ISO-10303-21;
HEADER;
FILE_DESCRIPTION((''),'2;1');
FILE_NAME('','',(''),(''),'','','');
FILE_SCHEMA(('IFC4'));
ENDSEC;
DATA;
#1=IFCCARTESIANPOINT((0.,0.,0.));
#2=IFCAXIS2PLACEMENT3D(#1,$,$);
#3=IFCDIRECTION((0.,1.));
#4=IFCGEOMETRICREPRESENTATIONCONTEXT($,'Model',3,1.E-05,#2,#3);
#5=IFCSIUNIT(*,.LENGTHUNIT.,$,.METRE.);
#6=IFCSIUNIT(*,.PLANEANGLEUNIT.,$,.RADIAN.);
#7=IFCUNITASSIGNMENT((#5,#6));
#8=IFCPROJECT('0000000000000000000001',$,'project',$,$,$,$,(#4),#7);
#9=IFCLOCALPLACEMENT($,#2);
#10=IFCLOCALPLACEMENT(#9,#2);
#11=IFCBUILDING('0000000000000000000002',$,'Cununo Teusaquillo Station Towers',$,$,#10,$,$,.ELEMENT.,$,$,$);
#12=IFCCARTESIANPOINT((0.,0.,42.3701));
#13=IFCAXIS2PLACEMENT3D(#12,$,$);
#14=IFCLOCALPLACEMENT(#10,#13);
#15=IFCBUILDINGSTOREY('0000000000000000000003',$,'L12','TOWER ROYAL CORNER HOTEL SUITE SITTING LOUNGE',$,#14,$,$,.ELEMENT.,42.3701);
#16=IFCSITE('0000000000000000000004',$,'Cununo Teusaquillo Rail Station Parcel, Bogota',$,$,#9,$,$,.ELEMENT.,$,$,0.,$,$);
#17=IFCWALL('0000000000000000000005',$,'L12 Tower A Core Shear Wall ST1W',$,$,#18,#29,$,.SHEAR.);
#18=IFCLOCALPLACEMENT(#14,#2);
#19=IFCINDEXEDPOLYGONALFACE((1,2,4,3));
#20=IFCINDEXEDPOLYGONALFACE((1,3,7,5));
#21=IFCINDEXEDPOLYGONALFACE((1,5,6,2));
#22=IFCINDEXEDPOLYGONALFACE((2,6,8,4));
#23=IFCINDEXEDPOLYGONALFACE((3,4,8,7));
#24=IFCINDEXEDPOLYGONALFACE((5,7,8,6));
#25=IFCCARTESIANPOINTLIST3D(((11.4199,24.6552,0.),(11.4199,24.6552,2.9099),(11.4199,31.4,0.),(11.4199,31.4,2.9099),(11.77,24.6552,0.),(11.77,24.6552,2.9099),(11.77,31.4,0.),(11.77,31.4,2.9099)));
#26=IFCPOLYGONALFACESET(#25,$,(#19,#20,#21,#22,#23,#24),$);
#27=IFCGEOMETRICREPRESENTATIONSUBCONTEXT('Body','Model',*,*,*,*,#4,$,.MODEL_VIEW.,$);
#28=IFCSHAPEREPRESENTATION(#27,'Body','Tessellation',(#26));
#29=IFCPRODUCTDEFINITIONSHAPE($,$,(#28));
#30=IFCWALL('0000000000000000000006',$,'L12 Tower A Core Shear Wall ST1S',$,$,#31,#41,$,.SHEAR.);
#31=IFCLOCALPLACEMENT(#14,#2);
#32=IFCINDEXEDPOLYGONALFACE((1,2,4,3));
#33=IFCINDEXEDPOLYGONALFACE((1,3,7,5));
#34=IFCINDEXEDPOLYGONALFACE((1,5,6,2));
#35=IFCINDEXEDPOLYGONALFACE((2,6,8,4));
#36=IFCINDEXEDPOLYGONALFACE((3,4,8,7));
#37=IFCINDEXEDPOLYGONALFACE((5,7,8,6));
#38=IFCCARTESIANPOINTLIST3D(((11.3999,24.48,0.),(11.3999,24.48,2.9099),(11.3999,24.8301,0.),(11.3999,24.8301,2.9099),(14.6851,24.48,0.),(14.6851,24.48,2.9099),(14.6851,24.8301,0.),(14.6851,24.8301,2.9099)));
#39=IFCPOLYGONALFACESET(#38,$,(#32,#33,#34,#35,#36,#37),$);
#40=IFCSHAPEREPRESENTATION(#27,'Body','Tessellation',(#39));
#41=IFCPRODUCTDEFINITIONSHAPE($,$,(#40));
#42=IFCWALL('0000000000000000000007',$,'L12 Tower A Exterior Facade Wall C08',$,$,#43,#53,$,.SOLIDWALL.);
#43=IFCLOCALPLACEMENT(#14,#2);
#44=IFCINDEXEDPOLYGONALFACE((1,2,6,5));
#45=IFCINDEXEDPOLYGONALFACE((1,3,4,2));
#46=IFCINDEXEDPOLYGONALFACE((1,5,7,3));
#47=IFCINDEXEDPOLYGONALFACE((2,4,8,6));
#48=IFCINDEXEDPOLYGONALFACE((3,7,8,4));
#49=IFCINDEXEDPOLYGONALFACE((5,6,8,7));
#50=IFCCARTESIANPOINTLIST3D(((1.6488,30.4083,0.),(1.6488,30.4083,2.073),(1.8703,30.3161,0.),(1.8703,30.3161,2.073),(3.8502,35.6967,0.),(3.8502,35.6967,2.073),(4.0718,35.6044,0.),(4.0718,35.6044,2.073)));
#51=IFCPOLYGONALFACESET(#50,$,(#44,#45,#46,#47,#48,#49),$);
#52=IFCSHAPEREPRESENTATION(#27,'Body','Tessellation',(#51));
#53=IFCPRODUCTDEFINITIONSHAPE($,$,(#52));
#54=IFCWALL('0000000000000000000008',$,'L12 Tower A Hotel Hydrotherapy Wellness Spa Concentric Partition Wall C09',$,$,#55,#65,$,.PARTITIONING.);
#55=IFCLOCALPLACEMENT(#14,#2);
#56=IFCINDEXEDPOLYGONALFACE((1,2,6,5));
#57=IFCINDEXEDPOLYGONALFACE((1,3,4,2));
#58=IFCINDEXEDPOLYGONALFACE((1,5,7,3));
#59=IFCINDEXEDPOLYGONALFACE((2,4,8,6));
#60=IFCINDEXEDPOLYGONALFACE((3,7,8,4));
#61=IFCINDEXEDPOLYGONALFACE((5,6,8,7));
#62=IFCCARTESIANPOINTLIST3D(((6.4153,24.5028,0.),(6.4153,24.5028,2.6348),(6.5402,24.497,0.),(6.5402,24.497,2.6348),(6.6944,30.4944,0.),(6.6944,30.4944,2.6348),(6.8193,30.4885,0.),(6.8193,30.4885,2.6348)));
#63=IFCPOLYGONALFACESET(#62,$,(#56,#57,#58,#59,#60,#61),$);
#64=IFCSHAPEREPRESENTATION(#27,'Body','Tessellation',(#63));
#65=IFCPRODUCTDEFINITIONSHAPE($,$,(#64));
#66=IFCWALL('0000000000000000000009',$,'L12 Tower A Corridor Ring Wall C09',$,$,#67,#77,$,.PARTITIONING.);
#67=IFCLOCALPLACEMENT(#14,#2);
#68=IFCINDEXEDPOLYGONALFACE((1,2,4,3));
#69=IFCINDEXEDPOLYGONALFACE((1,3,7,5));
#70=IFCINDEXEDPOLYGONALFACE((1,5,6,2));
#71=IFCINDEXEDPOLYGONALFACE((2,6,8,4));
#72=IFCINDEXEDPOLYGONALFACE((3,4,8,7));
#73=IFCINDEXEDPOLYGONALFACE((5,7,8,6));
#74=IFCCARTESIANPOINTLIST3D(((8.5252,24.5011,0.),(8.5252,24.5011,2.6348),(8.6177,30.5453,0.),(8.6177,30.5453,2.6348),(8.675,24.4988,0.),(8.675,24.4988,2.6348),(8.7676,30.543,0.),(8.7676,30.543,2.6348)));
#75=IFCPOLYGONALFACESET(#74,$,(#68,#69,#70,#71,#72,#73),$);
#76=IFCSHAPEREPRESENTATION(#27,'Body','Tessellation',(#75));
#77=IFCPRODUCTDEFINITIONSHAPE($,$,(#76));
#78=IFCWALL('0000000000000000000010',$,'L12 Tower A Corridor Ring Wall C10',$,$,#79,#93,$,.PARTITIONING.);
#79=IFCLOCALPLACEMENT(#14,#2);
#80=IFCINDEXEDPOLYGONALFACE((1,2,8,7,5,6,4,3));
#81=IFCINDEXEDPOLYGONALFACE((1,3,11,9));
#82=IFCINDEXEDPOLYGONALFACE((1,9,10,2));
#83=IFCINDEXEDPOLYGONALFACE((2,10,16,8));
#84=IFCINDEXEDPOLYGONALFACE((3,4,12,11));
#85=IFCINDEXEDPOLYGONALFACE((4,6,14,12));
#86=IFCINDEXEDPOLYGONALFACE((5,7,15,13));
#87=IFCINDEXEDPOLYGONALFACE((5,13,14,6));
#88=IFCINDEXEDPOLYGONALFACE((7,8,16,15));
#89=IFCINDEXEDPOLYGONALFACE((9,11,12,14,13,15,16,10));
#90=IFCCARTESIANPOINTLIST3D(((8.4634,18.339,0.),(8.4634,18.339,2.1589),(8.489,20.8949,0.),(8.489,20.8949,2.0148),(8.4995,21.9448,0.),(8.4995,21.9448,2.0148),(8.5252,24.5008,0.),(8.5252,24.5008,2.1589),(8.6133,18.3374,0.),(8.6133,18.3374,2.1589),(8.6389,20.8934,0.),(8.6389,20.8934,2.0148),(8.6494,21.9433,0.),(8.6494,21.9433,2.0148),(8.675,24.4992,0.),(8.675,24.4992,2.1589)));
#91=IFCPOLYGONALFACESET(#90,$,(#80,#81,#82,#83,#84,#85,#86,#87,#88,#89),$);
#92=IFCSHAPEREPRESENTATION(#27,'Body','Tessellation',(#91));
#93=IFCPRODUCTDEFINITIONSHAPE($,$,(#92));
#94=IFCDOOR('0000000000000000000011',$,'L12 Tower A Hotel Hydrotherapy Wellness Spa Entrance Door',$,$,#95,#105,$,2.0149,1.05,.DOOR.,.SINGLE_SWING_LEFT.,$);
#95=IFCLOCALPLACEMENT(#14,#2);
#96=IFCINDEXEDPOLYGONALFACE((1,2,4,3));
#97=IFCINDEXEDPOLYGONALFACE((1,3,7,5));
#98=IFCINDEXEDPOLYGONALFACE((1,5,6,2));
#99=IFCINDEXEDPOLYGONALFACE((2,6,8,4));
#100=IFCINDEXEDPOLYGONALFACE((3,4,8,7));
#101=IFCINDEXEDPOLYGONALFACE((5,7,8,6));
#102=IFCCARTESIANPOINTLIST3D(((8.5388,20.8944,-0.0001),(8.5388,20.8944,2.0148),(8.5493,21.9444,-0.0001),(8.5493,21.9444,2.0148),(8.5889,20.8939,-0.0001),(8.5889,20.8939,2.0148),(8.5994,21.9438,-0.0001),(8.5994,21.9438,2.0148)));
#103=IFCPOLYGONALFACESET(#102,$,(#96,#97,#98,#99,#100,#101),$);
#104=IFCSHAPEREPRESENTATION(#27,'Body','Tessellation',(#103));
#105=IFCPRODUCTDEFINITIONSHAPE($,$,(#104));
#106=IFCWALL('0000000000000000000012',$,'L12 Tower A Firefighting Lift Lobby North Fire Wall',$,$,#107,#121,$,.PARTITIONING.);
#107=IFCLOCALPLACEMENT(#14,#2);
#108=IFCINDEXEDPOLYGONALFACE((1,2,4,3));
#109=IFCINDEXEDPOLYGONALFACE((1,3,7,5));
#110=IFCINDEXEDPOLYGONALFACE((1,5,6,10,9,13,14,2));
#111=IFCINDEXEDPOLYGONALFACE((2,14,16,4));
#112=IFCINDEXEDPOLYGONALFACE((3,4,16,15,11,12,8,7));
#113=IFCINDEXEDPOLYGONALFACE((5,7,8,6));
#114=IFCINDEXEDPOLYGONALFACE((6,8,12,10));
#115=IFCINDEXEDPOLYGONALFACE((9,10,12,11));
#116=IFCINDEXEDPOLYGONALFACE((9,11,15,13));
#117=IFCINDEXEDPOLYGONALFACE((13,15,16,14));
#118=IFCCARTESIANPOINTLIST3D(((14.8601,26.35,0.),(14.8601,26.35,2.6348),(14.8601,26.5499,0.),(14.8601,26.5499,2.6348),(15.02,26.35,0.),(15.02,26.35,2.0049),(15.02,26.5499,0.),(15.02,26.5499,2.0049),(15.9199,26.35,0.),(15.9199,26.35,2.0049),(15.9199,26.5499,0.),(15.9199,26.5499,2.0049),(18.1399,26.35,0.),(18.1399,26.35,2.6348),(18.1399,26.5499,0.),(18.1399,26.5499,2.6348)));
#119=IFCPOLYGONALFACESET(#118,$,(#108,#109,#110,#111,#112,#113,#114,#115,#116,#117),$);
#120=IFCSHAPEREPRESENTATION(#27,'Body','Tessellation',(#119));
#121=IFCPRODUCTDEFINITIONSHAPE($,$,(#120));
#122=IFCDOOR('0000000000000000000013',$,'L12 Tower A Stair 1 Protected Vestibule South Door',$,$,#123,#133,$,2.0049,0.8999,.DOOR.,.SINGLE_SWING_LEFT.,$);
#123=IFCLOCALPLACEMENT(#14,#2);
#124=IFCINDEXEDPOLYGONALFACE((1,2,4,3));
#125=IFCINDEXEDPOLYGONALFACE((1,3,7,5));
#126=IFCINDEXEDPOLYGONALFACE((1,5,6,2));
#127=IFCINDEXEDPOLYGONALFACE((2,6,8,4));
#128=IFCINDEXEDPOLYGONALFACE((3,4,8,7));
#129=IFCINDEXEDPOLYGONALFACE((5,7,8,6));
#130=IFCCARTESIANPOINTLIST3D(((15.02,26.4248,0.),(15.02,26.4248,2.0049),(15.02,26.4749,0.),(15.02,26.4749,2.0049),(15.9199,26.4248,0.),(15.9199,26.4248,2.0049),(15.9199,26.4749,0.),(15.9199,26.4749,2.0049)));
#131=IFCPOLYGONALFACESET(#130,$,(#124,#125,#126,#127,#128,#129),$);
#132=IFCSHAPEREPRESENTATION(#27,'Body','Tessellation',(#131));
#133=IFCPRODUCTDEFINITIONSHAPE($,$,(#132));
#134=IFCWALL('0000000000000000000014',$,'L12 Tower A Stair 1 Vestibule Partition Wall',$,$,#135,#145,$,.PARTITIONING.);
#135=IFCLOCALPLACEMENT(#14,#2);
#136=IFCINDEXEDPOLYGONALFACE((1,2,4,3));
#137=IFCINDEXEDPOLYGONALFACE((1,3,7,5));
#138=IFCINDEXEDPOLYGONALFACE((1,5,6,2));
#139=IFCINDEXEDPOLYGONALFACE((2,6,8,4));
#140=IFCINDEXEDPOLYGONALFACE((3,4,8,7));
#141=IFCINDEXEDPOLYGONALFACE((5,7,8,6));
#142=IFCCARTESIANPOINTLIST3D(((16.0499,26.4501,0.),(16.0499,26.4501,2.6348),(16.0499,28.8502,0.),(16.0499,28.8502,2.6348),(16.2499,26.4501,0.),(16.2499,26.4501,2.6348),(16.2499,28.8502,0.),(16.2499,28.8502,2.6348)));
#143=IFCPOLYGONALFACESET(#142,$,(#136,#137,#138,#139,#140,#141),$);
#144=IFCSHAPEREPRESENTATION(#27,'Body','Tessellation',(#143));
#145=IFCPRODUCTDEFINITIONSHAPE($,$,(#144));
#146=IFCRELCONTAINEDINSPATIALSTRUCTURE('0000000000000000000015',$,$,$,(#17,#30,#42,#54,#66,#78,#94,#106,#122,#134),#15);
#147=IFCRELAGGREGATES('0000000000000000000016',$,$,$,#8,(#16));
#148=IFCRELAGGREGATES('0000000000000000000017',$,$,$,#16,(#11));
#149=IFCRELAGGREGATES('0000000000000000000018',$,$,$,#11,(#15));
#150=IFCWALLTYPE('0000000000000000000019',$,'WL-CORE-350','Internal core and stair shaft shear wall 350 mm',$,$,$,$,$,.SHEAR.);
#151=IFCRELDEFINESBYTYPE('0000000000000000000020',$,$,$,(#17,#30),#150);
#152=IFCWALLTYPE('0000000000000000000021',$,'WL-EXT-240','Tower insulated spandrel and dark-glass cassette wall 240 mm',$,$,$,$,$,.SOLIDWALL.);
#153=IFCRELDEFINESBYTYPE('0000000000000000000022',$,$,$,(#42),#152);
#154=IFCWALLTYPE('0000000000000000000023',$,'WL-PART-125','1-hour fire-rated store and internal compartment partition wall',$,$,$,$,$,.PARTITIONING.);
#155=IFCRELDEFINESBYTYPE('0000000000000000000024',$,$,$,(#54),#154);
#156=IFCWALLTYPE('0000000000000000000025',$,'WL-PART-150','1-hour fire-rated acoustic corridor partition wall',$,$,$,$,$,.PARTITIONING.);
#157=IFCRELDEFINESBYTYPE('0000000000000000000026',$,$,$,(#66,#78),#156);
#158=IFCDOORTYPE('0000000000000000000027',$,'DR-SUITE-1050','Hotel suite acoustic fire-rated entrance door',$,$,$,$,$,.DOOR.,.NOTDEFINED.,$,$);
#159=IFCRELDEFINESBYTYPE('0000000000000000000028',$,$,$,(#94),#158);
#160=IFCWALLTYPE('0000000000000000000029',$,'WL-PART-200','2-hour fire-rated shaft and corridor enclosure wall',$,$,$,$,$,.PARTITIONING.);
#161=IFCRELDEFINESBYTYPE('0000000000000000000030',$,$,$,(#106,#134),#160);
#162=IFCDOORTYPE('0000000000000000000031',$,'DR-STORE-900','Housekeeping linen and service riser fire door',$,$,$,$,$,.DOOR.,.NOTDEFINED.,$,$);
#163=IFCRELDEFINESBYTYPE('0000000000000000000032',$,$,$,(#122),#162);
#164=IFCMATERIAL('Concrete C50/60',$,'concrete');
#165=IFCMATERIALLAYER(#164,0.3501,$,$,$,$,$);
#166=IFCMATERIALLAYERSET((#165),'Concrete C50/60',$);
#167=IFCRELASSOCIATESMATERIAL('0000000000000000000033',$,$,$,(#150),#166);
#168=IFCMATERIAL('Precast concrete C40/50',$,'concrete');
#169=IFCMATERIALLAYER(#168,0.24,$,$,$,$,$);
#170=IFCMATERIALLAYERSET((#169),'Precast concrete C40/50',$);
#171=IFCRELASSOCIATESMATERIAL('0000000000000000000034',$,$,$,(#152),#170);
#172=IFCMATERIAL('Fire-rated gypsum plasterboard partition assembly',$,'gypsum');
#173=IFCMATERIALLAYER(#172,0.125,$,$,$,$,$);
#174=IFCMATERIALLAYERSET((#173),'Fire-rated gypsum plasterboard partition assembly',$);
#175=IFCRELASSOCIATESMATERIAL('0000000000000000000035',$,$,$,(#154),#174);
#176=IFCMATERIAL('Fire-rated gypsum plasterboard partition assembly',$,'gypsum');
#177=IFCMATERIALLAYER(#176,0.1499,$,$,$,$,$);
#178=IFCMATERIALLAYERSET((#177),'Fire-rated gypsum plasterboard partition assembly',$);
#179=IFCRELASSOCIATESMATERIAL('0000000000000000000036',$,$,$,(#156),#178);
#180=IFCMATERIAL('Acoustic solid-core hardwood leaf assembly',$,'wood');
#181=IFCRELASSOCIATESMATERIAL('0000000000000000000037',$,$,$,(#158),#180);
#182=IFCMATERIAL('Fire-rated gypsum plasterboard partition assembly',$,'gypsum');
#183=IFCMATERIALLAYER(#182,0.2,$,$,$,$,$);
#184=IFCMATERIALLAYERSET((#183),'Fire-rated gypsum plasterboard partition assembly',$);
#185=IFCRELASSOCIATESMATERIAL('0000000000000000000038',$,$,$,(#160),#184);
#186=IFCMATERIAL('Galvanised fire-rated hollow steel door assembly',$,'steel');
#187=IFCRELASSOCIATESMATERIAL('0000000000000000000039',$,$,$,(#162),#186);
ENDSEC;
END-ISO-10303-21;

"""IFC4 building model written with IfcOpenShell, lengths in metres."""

from ifc_helpers import new_model, si_unit, direction, frame, frame_2d, origin, place, context, subcontext, project, spatial, rectangle, extrude, source, transform, mapped, material, layer, layer_set, type_object, element, fill, save


model = new_model("IFC4")

# Units and contexts
model_context = context("Model", 3, precision=1e-05, world=origin(), true_north=direction((0.0, 1.0)))
body_context = subcontext(model_context, "Body", "Model", "MODEL_VIEW")
ifc_project = project(units=[si_unit("LENGTHUNIT", "METRE"), si_unit("PLANEANGLEUNIT", "RADIAN")], contexts=[model_context])

# Site, building, storey
site_placement = place(None, origin())
site = spatial("IfcSite", under=ifc_project, at=site_placement, Name="Cununo Teusaquillo Rail Station Parcel, Bogota", CompositionType="ELEMENT", RefElevation=0.0)
building_placement = place(site_placement, origin())
building = spatial("IfcBuilding", under=site, at=building_placement, Name="Cununo Teusaquillo Station Towers", CompositionType="ELEMENT")
storey_placement = place(building_placement, frame((0.0, 0.0, 42.3701)))
storey = spatial("IfcBuildingStorey", under=building, at=storey_placement, Name="L12", Description="TOWER ROYAL CORNER HOTEL SUITE SITTING LOUNGE", CompositionType="ELEMENT", Elevation=42.3701)

# Walls
ifc_material_1 = material(Name="Concrete C50/60", Category="concrete")
ifc_layer_1 = layer(ifc_material_1, 0.3501)
ifc_layer_set_1 = layer_set([ifc_layer_1], Name="Concrete C50/60")
wall_type_1 = type_object("IfcWallType", Name="WL-CORE-350", Description="Internal core and stair shaft shear wall 350 mm", PredefinedType="SHEAR", material=ifc_layer_set_1)
wall_1_placement = place(storey_placement, frame((11.595, 24.655, 0.0), z_axis=(0.0, 0.0, 1.0), x_axis=(0.0, 1.0, 0.0)))
element("IfcWall", 1, at=wall_1_placement, inside=storey, type_object=wall_type_1, Name="L12 Tower A Core Shear Wall ST1W", PredefinedType="SHEAR", context=body_context, shape_type="SweptSolid", body=[
    extrude(rectangle(XDim=6.7449, YDim=0.3501, at=frame_2d((3.3726, 0.0))), origin(), (0.0, 0.0, 1.0), 2.9099),
])
wall_2_placement = place(storey_placement, frame((11.3999, 24.655, 0.0), z_axis=(0.0, 0.0, 1.0), x_axis=(1.0, 0.0, 0.0)))
element("IfcWall", 2, at=wall_2_placement, inside=storey, type_object=wall_type_1, Name="L12 Tower A Core Shear Wall ST1S", PredefinedType="SHEAR", context=body_context, shape_type="SweptSolid", body=[
    extrude(rectangle(XDim=3.2852, YDim=0.3501, at=frame_2d((1.6426, 0.0))), origin(), (0.0, 0.0, 1.0), 2.9099),
])
ifc_material_2 = material(Name="Precast concrete C40/50", Category="concrete")
ifc_layer_2 = layer(ifc_material_2, 0.24)
ifc_layer_set_2 = layer_set([ifc_layer_2], Name="Precast concrete C40/50")
wall_type_2 = type_object("IfcWallType", Name="WL-EXT-240", Description="Tower insulated spandrel and dark-glass cassette wall 240 mm", PredefinedType="SOLIDWALL", material=ifc_layer_set_2)
wall_3_placement = place(storey_placement, frame((1.7595, 30.3621, 0.0), z_axis=(0.0, 0.0, 1.0), x_axis=(0.38431, 0.923204, 0.0)))
element("IfcWall", 3, at=wall_3_placement, inside=storey, type_object=wall_type_2, Name="L12 Tower A Exterior Facade Wall C08", PredefinedType="SOLIDWALL", context=body_context, shape_type="SweptSolid", body=[
    extrude(rectangle(XDim=5.7283, YDim=0.24, at=frame_2d((2.8643, 0.0))), origin(), (0.0, 0.0, 1.0), 2.073),
])
ifc_material_3 = material(Name="Fire-rated gypsum plasterboard partition assembly", Category="gypsum")
ifc_layer_3 = layer(ifc_material_3, 0.125)
ifc_layer_set_3 = layer_set([ifc_layer_3], Name="Fire-rated gypsum plasterboard partition assembly")
wall_type_3 = type_object("IfcWallType", Name="WL-PART-125", Description="1-hour fire-rated store and internal compartment partition wall", PredefinedType="PARTITIONING", material=ifc_layer_set_3)
wall_4_placement = place(storey_placement, frame((6.7568, 30.4915, 0.0), z_axis=(0.0, 0.0, 1.0), x_axis=(-0.046525, -0.998917, 0.0)))
element("IfcWall", 4, at=wall_4_placement, inside=storey, type_object=wall_type_3, Name="L12 Tower A Hotel Hydrotherapy Wellness Spa Concentric Partition Wall C09", PredefinedType="PARTITIONING", context=body_context, shape_type="SweptSolid", body=[
    extrude(rectangle(XDim=5.998, YDim=0.125, at=frame_2d((2.999, 0.0))), origin(), (0.0, 0.0, 1.0), 2.6348),
])
ifc_material_4 = material(Name="Fire-rated gypsum plasterboard partition assembly", Category="gypsum")
ifc_layer_4 = layer(ifc_material_4, 0.1499)
ifc_layer_set_4 = layer_set([ifc_layer_4], Name="Fire-rated gypsum plasterboard partition assembly")
wall_type_4 = type_object("IfcWallType", Name="WL-PART-150", Description="1-hour fire-rated acoustic corridor partition wall", PredefinedType="PARTITIONING", material=ifc_layer_set_4)
wall_5_placement = place(storey_placement, frame((8.6926, 30.5442, 0.0), z_axis=(0.0, 0.0, 1.0), x_axis=(-0.015307, -0.999883, 0.0)))
element("IfcWall", 5, at=wall_5_placement, inside=storey, type_object=wall_type_4, Name="L12 Tower A Corridor Ring Wall C09", PredefinedType="PARTITIONING", context=body_context, shape_type="SweptSolid", body=[
    extrude(rectangle(XDim=6.0449, YDim=0.1499, at=frame_2d((3.0225, 0.0))), origin(), (0.0, 0.0, 1.0), 2.6348),
])

# Walls, openings, doors
wall_6_placement = place(storey_placement, frame((8.6001, 24.5, 0.0), z_axis=(0.0, 0.0, 1.0), x_axis=(-0.010024, -0.99995, 0.0)))
wall_6 = element("IfcWall", 6, at=wall_6_placement, inside=storey, type_object=wall_type_4, Name="L12 Tower A Corridor Ring Wall C10", PredefinedType="PARTITIONING", context=body_context, shape_type="SweptSolid", body=[
    extrude(rectangle(XDim=6.1621, YDim=0.1499, at=frame_2d((3.0811, 0.0))), origin(), (0.0, 0.0, 1.0), 2.1589),
])
shared_shape_1 = source(origin(), body_context, "Body", "SweptSolid", [
    extrude(rectangle(XDim=1.05, YDim=2.0149, at=frame_2d((0.5249, 1.0073))), frame((0.0, 0.085, 0.0), z_axis=(0.0, -1.0, 0.0), x_axis=(1.0, 0.0, 0.0)), (0.0, 0.0, 1.0), 0.1699),
])
opening_1_placement = place(wall_6_placement, frame((2.5562, 0.0, 0.0)))
opening_1 = element("IfcOpeningElement", 7, at=opening_1_placement, cuts=wall_6, PredefinedType="OPENING", context=body_context, shape_type="MappedRepresentation", body=[
    mapped(shared_shape_1, transform((0.0, 0.0, 0.0), x_axis=(1.0, 0.0, 0.0), y_axis=(0.0, 1.0, 0.0), z_axis=(0.0, 0.0, 1.0), scale=1.0)),
])
ifc_material_5 = material(Name="Acoustic solid-core hardwood leaf assembly", Category="wood")
door_type_1 = type_object("IfcDoorType", Name="DR-SUITE-1050", Description="Hotel suite acoustic fire-rated entrance door", OperationType="NOTDEFINED", PredefinedType="DOOR", material=ifc_material_5)
shared_shape_2 = source(origin(), body_context, "Body", "SweptSolid", [
    extrude(rectangle(XDim=1.05, YDim=2.0149, at=frame_2d((0.5249, 1.0073))), frame((0.0, 0.0249, 0.0), z_axis=(0.0, -1.0, 0.0), x_axis=(1.0, 0.0, 0.0)), (0.0, 0.0, 1.0), 0.05),
])
door_1_placement = place(opening_1_placement, origin())
door_1 = element("IfcDoor", 8, at=door_1_placement, inside=storey, type_object=door_type_1, Name="L12 Tower A Hotel Hydrotherapy Wellness Spa Entrance Door", OperationType="SINGLE_SWING_LEFT", OverallHeight=2.0149, OverallWidth=1.05, PredefinedType="DOOR", context=body_context, shape_type="MappedRepresentation", body=[
    mapped(shared_shape_2, transform((0.0, 0.0, 0.0), x_axis=(1.0, 0.0, 0.0), y_axis=(0.0, 1.0, 0.0), z_axis=(0.0, 0.0, 1.0), scale=1.0)),
])
fill(opening_1, door_1)
ifc_material_6 = material(Name="Fire-rated gypsum plasterboard partition assembly", Category="gypsum")
ifc_layer_5 = layer(ifc_material_6, 0.2)
ifc_layer_set_5 = layer_set([ifc_layer_5], Name="Fire-rated gypsum plasterboard partition assembly")
wall_type_5 = type_object("IfcWallType", Name="WL-PART-200", Description="2-hour fire-rated shaft and corridor enclosure wall", PredefinedType="PARTITIONING", material=ifc_layer_set_5)
wall_7_placement = place(storey_placement, frame((14.8601, 26.45, 0.0), z_axis=(0.0, 0.0, 1.0), x_axis=(1.0, 0.0, 0.0)))
wall_7 = element("IfcWall", 9, at=wall_7_placement, inside=storey, type_object=wall_type_5, Name="L12 Tower A Firefighting Lift Lobby North Fire Wall", PredefinedType="PARTITIONING", context=body_context, shape_type="SweptSolid", body=[
    extrude(rectangle(XDim=3.2798, YDim=0.2, at=frame_2d((1.6399, 0.0))), origin(), (0.0, 0.0, 1.0), 2.6348),
])
shared_shape_3 = source(origin(), body_context, "Body", "SweptSolid", [
    extrude(rectangle(XDim=0.8999, YDim=2.0049, at=frame_2d((0.45, 1.0024))), frame((0.0, 0.1099, 0.0), z_axis=(0.0, -1.0, 0.0), x_axis=(1.0, 0.0, 0.0)), (0.0, 0.0, 1.0), 0.22),
])
opening_2_placement = place(wall_7_placement, frame((0.1599, 0.0, 0.0)))
opening_2 = element("IfcOpeningElement", 10, at=opening_2_placement, cuts=wall_7, PredefinedType="OPENING", context=body_context, shape_type="MappedRepresentation", body=[
    mapped(shared_shape_3, transform((0.0, 0.0, 0.0), x_axis=(1.0, 0.0, 0.0), y_axis=(0.0, 1.0, 0.0), z_axis=(0.0, 0.0, 1.0), scale=1.0)),
])
ifc_material_7 = material(Name="Galvanised fire-rated hollow steel door assembly", Category="steel")
door_type_2 = type_object("IfcDoorType", Name="DR-STORE-900", Description="Housekeeping linen and service riser fire door", OperationType="NOTDEFINED", PredefinedType="DOOR", material=ifc_material_7)
shared_shape_4 = source(origin(), body_context, "Body", "SweptSolid", [
    extrude(rectangle(XDim=0.8999, YDim=2.0049, at=frame_2d((0.45, 1.0024))), frame((0.0, 0.0249, 0.0), z_axis=(0.0, -1.0, 0.0), x_axis=(1.0, 0.0, 0.0)), (0.0, 0.0, 1.0), 0.05),
])
door_2_placement = place(opening_2_placement, origin())
door_2 = element("IfcDoor", 11, at=door_2_placement, inside=storey, type_object=door_type_2, Name="L12 Tower A Stair 1 Protected Vestibule South Door", OperationType="SINGLE_SWING_LEFT", OverallHeight=2.0049, OverallWidth=0.8999, PredefinedType="DOOR", context=body_context, shape_type="MappedRepresentation", body=[
    mapped(shared_shape_4, transform((0.0, 0.0, 0.0), x_axis=(1.0, 0.0, 0.0), y_axis=(0.0, 1.0, 0.0), z_axis=(0.0, 0.0, 1.0), scale=1.0)),
])
fill(opening_2, door_2)

# Wall
wall_8_placement = place(storey_placement, frame((16.1499, 26.45, 0.0), z_axis=(0.0, 0.0, 1.0), x_axis=(0.0, 1.0, 0.0)))
element("IfcWall", 12, at=wall_8_placement, inside=storey, type_object=wall_type_5, Name="L12 Tower A Stair 1 Vestibule Partition Wall", PredefinedType="PARTITIONING", context=body_context, shape_type="SweptSolid", body=[
    extrude(rectangle(XDim=2.4001, YDim=0.2, at=frame_2d((1.2002, 0.0))), origin(), (0.0, 0.0, 1.0), 2.6348),
])

save(model, "model.ifc")
